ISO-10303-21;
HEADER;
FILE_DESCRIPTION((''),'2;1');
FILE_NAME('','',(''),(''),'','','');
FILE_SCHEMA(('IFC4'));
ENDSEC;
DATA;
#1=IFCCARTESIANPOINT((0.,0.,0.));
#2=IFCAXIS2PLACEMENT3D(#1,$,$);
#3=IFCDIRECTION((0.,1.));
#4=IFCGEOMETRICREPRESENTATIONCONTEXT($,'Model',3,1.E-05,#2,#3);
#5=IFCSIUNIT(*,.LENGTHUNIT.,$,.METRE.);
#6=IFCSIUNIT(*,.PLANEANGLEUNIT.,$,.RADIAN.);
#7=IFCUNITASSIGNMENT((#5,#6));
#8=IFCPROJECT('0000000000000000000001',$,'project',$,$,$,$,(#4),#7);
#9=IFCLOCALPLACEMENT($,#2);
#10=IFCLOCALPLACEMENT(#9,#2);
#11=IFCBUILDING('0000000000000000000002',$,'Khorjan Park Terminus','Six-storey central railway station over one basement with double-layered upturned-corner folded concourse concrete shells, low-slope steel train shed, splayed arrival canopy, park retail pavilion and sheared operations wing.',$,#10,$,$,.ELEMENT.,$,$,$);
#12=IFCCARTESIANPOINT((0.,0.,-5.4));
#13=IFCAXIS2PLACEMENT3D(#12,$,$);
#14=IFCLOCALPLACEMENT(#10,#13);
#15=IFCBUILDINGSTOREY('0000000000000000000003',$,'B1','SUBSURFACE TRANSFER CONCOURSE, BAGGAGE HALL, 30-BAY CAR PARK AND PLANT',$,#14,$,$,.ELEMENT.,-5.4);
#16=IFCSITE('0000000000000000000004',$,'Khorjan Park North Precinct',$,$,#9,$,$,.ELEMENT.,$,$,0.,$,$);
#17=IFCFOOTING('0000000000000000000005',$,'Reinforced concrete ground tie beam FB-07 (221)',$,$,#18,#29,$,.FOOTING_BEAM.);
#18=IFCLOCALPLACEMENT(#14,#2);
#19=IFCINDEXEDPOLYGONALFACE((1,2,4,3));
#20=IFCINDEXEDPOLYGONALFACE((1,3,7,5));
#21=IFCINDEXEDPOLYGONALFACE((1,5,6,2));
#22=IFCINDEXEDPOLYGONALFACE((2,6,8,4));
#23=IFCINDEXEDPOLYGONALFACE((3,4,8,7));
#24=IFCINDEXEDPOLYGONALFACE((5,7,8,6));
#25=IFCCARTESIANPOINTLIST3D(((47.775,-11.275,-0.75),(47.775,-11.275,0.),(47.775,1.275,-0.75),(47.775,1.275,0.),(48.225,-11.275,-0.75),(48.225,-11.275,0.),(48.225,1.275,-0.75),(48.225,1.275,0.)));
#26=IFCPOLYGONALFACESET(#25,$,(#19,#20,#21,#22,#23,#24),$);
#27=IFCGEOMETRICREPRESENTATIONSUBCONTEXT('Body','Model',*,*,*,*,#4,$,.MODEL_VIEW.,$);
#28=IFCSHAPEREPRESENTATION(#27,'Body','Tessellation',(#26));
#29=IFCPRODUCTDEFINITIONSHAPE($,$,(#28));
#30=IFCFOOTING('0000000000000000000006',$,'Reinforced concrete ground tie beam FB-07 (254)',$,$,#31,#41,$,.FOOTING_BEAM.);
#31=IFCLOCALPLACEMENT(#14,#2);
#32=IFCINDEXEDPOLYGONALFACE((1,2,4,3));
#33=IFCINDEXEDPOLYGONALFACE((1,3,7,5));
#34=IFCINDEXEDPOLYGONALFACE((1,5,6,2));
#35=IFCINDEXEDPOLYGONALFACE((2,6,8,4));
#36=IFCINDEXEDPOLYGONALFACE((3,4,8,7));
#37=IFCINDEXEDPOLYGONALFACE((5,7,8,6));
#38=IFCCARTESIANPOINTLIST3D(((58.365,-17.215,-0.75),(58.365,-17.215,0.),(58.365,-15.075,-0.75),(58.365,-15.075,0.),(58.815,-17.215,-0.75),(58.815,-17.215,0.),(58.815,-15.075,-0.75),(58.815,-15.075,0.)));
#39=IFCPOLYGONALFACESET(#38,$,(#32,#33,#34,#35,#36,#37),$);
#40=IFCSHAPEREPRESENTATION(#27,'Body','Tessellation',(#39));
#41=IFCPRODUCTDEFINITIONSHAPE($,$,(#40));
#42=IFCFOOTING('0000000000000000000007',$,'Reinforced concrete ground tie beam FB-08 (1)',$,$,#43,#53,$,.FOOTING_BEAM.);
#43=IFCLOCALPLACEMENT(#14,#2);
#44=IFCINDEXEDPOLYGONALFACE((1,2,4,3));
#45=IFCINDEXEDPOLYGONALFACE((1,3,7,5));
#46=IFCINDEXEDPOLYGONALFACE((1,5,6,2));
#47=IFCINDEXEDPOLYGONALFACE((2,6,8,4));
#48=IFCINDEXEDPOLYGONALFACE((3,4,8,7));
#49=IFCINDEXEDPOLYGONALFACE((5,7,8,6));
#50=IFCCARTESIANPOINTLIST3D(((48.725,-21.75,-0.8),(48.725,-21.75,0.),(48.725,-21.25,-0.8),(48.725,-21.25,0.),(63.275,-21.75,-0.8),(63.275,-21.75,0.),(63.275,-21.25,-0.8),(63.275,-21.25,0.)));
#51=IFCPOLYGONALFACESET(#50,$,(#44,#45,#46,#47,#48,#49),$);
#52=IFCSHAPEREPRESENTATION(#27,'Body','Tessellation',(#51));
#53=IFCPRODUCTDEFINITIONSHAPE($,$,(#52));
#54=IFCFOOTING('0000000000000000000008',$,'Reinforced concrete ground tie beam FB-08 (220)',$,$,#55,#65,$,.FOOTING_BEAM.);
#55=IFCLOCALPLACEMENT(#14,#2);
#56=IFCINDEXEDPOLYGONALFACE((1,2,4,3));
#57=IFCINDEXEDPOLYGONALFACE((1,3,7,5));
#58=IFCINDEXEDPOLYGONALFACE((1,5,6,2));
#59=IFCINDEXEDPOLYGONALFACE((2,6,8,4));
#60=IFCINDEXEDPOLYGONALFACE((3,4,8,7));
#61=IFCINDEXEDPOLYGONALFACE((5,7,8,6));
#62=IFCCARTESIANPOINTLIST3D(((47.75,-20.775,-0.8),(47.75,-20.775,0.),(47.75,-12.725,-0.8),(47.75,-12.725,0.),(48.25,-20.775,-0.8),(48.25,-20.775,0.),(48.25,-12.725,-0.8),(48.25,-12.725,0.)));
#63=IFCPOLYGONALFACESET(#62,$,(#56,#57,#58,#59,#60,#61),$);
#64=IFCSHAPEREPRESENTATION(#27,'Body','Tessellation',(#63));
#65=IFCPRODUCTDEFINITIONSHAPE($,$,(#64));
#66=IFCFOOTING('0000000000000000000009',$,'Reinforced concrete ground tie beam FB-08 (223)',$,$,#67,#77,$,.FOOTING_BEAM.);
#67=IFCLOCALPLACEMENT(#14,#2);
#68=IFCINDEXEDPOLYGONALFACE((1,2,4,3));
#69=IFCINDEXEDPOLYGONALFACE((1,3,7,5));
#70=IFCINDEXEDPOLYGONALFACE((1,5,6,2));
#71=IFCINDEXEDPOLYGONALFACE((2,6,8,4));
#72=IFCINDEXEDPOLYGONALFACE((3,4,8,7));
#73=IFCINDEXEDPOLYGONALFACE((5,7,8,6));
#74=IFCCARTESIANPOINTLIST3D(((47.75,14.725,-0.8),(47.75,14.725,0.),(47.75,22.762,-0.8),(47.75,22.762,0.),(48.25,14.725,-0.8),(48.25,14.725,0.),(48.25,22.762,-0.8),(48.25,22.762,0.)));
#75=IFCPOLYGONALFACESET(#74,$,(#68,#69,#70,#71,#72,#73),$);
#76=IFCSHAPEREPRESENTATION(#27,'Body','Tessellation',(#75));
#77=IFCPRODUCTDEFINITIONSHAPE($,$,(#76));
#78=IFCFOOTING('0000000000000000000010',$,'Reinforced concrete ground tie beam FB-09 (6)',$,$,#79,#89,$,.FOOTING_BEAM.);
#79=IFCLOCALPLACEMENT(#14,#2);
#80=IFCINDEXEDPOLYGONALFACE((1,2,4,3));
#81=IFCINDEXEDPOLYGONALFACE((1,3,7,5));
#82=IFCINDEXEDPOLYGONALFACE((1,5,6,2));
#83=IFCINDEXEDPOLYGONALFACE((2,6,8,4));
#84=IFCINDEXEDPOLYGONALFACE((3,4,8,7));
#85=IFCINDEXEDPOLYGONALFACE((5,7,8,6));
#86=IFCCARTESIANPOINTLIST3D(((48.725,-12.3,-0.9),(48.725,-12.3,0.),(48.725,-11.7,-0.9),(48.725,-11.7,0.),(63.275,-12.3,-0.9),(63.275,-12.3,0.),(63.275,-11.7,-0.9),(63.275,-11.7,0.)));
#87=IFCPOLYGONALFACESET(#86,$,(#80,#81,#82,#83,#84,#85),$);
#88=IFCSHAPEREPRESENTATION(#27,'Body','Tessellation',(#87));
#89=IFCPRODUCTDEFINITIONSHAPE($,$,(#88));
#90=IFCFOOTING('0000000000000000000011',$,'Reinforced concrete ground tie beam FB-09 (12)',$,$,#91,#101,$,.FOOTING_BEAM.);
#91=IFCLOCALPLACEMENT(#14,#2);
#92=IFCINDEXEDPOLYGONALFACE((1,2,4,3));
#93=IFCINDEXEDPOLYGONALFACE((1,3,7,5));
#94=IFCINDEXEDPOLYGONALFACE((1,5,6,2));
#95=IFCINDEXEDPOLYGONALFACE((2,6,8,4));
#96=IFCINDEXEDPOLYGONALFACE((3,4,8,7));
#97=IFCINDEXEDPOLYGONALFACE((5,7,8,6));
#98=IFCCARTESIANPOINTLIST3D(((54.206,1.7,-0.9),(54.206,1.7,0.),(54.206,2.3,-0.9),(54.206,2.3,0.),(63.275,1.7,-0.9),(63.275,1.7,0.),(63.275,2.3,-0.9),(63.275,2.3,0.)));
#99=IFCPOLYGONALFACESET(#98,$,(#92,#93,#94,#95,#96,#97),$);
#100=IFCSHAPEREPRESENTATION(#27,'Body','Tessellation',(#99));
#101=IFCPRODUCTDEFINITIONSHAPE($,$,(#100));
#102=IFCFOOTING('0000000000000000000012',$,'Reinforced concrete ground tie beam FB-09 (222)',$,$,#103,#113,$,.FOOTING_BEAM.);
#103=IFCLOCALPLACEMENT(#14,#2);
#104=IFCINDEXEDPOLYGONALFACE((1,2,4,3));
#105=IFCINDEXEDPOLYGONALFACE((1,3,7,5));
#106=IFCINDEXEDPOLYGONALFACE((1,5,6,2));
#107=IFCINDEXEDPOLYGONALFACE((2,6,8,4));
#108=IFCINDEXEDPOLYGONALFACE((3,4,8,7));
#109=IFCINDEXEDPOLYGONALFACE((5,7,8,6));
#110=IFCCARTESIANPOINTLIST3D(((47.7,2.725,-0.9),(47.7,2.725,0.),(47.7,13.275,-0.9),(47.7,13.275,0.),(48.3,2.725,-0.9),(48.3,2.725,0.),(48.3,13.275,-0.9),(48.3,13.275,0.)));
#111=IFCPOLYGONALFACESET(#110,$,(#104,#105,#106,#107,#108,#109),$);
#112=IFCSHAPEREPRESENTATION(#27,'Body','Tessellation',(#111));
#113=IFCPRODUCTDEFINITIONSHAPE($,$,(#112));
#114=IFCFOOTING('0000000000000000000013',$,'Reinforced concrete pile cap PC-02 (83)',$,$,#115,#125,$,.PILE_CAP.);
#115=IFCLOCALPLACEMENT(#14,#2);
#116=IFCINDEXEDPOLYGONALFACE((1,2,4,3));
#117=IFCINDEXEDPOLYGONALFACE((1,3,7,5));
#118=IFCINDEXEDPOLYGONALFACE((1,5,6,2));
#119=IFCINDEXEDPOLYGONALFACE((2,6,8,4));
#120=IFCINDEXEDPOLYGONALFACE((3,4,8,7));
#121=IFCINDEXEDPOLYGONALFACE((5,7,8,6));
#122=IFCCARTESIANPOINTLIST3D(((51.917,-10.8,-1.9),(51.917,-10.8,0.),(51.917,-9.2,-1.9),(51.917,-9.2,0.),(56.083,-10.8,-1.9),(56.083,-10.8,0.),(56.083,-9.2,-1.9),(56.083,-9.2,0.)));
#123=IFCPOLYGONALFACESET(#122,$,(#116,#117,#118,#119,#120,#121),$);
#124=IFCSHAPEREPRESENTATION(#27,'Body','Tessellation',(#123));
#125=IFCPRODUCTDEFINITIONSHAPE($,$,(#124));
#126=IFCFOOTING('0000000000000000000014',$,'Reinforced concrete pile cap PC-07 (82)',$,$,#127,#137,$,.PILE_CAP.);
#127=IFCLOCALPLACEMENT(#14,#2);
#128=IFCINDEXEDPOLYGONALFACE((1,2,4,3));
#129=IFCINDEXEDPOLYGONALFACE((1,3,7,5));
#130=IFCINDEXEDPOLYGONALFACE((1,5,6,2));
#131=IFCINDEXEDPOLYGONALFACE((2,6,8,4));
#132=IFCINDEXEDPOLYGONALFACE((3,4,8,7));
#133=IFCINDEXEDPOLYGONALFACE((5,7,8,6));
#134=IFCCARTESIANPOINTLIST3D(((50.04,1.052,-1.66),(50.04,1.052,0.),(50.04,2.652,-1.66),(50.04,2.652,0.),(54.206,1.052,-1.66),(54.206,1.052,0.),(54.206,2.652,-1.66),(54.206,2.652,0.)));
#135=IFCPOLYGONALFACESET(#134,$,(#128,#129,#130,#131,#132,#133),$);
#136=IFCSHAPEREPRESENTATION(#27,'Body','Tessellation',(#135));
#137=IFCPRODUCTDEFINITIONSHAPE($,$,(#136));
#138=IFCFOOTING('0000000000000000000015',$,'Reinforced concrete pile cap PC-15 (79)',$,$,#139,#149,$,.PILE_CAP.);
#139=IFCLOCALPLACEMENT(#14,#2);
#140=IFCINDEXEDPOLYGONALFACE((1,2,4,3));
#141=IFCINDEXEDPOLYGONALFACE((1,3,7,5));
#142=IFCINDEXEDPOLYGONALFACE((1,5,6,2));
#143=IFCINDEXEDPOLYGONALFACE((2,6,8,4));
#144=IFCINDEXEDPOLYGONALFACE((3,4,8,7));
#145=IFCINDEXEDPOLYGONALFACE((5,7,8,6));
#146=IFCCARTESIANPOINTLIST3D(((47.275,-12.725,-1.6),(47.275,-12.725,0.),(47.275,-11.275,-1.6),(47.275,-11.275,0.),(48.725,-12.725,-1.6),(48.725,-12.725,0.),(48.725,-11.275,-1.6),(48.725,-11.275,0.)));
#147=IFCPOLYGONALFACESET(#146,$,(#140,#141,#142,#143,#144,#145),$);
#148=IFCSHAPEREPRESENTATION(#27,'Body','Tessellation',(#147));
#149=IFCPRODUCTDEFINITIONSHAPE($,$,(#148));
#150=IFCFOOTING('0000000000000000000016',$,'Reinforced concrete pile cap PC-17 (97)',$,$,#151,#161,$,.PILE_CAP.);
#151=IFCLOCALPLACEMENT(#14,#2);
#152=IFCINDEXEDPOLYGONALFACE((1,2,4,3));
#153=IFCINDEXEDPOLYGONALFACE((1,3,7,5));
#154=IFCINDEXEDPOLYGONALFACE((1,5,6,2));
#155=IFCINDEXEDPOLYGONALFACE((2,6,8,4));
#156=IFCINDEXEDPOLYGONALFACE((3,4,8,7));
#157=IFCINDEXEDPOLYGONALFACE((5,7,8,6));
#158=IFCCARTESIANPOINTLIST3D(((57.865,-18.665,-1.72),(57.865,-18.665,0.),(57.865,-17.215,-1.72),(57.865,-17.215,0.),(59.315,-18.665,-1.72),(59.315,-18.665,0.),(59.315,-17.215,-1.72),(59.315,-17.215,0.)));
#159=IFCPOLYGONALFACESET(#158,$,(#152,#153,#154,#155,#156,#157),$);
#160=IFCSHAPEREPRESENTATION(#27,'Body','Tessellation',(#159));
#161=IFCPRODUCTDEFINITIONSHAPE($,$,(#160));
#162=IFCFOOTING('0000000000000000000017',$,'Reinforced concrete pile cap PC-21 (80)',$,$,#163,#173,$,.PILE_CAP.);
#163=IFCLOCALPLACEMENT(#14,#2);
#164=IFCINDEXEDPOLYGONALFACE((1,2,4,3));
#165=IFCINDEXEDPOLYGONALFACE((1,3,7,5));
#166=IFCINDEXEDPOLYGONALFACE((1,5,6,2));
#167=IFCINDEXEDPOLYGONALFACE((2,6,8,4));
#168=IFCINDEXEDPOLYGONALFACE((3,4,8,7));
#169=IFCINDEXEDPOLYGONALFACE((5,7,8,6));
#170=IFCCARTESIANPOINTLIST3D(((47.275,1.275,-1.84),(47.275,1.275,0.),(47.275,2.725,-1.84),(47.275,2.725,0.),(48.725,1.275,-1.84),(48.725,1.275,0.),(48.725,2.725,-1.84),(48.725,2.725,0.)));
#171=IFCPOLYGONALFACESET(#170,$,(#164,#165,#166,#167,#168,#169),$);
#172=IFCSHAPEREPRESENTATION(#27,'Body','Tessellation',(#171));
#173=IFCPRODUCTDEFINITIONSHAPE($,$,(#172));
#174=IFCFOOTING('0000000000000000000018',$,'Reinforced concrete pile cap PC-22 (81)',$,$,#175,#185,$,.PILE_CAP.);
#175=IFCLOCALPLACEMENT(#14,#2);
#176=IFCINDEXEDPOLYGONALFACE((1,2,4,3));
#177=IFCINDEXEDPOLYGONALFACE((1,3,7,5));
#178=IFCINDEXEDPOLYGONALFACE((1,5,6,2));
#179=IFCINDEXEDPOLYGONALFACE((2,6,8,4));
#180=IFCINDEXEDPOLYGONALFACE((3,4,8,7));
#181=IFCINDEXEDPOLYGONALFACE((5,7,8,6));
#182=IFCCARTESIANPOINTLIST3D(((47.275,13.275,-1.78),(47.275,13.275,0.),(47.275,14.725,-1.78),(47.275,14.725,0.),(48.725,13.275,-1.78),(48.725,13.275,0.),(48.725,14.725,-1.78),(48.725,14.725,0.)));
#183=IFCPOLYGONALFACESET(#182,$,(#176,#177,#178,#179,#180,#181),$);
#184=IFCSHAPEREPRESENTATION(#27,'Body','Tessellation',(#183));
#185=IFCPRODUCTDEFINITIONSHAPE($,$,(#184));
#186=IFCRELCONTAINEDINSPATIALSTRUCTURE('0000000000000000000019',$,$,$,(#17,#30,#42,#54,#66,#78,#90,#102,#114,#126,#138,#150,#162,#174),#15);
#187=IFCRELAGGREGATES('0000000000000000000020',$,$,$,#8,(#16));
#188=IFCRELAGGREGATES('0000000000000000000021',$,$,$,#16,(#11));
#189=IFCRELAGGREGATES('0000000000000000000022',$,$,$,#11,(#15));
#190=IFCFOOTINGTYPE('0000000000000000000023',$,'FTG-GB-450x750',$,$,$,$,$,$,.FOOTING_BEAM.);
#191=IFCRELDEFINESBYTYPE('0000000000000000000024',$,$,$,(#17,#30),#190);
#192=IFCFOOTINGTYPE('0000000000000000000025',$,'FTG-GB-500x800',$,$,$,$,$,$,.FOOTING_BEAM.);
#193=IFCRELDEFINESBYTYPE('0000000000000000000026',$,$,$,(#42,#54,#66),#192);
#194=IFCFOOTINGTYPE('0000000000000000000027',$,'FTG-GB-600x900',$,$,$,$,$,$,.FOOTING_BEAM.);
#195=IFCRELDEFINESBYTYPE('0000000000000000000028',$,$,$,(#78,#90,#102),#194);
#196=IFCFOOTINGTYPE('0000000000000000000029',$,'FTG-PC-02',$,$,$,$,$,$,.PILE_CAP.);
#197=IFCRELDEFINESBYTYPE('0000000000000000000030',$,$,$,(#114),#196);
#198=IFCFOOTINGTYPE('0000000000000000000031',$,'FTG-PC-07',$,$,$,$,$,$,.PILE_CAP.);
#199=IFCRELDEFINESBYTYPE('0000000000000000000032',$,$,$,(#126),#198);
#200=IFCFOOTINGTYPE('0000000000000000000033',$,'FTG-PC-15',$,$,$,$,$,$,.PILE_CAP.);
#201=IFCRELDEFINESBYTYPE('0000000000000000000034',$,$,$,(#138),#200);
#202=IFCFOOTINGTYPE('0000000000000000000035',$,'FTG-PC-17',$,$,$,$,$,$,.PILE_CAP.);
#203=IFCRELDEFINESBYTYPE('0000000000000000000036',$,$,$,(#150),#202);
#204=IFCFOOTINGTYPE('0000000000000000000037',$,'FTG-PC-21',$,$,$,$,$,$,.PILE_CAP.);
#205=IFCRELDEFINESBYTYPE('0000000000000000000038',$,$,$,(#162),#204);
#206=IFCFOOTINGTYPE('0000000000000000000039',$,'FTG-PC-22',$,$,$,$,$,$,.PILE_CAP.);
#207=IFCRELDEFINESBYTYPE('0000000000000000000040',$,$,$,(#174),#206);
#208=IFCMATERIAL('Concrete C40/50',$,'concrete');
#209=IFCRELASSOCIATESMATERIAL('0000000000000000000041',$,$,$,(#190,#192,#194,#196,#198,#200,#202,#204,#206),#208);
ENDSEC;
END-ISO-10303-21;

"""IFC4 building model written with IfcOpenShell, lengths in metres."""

from ifc_helpers import new_model, si_unit, direction, frame, origin, origin_2d, place, context, subcontext, project, spatial, rectangle, extrude, material, material_profile, profile_set, type_object, element, save


model = new_model("IFC4")

# Units and contexts
model_context = context("Model", 3, precision=1e-05, world=origin(), true_north=direction((0.0, 1.0)))
body_context = subcontext(model_context, "Body", "Model", "MODEL_VIEW")
ifc_project = project(units=[si_unit("LENGTHUNIT", "METRE"), si_unit("PLANEANGLEUNIT", "RADIAN")], contexts=[model_context])

# Site, building, storey
site_placement = place(None, origin())
site = spatial("IfcSite", under=ifc_project, at=site_placement, Name="Khorjan Park North Precinct", CompositionType="ELEMENT", RefElevation=0.0)
building_placement = place(site_placement, origin())
building = spatial("IfcBuilding", under=site, at=building_placement, Name="Khorjan Park Terminus", Description="Six-storey central railway station over one basement with double-layered upturned-corner folded concourse concrete shells, low-slope steel train shed, splayed arrival canopy, park retail pavilion and sheared operations wing.", CompositionType="ELEMENT")
storey_placement = place(building_placement, frame((0.0, 0.0, -5.4)))
storey = spatial("IfcBuildingStorey", under=building, at=storey_placement, Name="B1", Description="SUBSURFACE TRANSFER CONCOURSE, BAGGAGE HALL, 30-BAY CAR PARK AND PLANT", CompositionType="ELEMENT", Elevation=-5.4)

# Footings
ifc_material_1 = material(Name="Concrete C40/50", Category="concrete")
ifc_material_profile_1 = material_profile(ifc_material_1, rectangle(XDim=0.45, YDim=0.75, at=origin_2d()), Name="RC 450x750")
ifc_profile_set_1 = profile_set([ifc_material_profile_1], Name="Concrete C40/50")
footing_type_1 = type_object("IfcFootingType", Name="FTG-GB-450x750", PredefinedType="FOOTING_BEAM", material=ifc_profile_set_1)
footing_1_placement = place(storey_placement, frame((48.0, -11.275, -0.375), z_axis=(0.0, 1.0, 0.0), x_axis=(-1.0, 0.0, 0.0)))
element("IfcFooting", 1, at=footing_1_placement, inside=storey, type_object=footing_type_1, Name="Reinforced concrete ground tie beam FB-07 (221)", PredefinedType="FOOTING_BEAM", context=body_context, shape_type="SweptSolid", body=[
    extrude(rectangle(XDim=0.45, YDim=0.75, at=origin_2d()), origin(), (0.0, 0.0, 1.0), 12.55),
])
footing_2_placement = place(storey_placement, frame((58.59, -17.215, -0.375), z_axis=(0.0, 1.0, 0.0), x_axis=(-1.0, 0.0, 0.0)))
element("IfcFooting", 2, at=footing_2_placement, inside=storey, type_object=footing_type_1, Name="Reinforced concrete ground tie beam FB-07 (254)", PredefinedType="FOOTING_BEAM", context=body_context, shape_type="SweptSolid", body=[
    extrude(rectangle(XDim=0.45, YDim=0.75, at=origin_2d()), origin(), (0.0, 0.0, 1.0), 2.14),
])
ifc_material_profile_2 = material_profile(ifc_material_1, rectangle(XDim=0.5, YDim=0.8, at=origin_2d()), Name="RC 500x800")
ifc_profile_set_2 = profile_set([ifc_material_profile_2], Name="Concrete C40/50")
footing_type_2 = type_object("IfcFootingType", Name="FTG-GB-500x800", PredefinedType="FOOTING_BEAM", material=ifc_profile_set_2)
footing_3_placement = place(storey_placement, frame((48.725, -21.5, -0.4), z_axis=(1.0, 0.0, 0.0), x_axis=(0.0, 1.0, 0.0)))
element("IfcFooting", 3, at=footing_3_placement, inside=storey, type_object=footing_type_2, Name="Reinforced concrete ground tie beam FB-08 (1)", PredefinedType="FOOTING_BEAM", context=body_context, shape_type="SweptSolid", body=[
    extrude(rectangle(XDim=0.5, YDim=0.8, at=origin_2d()), origin(), (0.0, 0.0, 1.0), 14.55),
])
footing_4_placement = place(storey_placement, frame((48.0, -20.775, -0.4), z_axis=(0.0, 1.0, 0.0), x_axis=(-1.0, 0.0, 0.0)))
element("IfcFooting", 4, at=footing_4_placement, inside=storey, type_object=footing_type_2, Name="Reinforced concrete ground tie beam FB-08 (220)", PredefinedType="FOOTING_BEAM", context=body_context, shape_type="SweptSolid", body=[
    extrude(rectangle(XDim=0.5, YDim=0.8, at=origin_2d()), origin(), (0.0, 0.0, 1.0), 8.05),
])
footing_5_placement = place(storey_placement, frame((48.0, 14.725, -0.4), z_axis=(0.0, 1.0, 0.0), x_axis=(-1.0, 0.0, 0.0)))
element("IfcFooting", 5, at=footing_5_placement, inside=storey, type_object=footing_type_2, Name="Reinforced concrete ground tie beam FB-08 (223)", PredefinedType="FOOTING_BEAM", context=body_context, shape_type="SweptSolid", body=[
    extrude(rectangle(XDim=0.5, YDim=0.8, at=origin_2d()), origin(), (0.0, 0.0, 1.0), 8.037),
])
ifc_material_profile_3 = material_profile(ifc_material_1, rectangle(XDim=0.6, YDim=0.9, at=origin_2d()), Name="RC 600x900")
ifc_profile_set_3 = profile_set([ifc_material_profile_3], Name="Concrete C40/50")
footing_type_3 = type_object("IfcFootingType", Name="FTG-GB-600x900", PredefinedType="FOOTING_BEAM", material=ifc_profile_set_3)
footing_6_placement = place(storey_placement, frame((48.725, -12.0, -0.45), z_axis=(1.0, 0.0, 0.0), x_axis=(0.0, 1.0, 0.0)))
element("IfcFooting", 6, at=footing_6_placement, inside=storey, type_object=footing_type_3, Name="Reinforced concrete ground tie beam FB-09 (6)", PredefinedType="FOOTING_BEAM", context=body_context, shape_type="SweptSolid", body=[
    extrude(rectangle(XDim=0.6, YDim=0.9, at=origin_2d()), origin(), (0.0, 0.0, 1.0), 14.55),
])
footing_7_placement = place(storey_placement, frame((54.206, 2.0, -0.45), z_axis=(1.0, 0.0, 0.0), x_axis=(0.0, 1.0, 0.0)))
element("IfcFooting", 7, at=footing_7_placement, inside=storey, type_object=footing_type_3, Name="Reinforced concrete ground tie beam FB-09 (12)", PredefinedType="FOOTING_BEAM", context=body_context, shape_type="SweptSolid", body=[
    extrude(rectangle(XDim=0.6, YDim=0.9, at=origin_2d()), origin(), (0.0, 0.0, 1.0), 9.069),
])
footing_8_placement = place(storey_placement, frame((48.0, 2.725, -0.45), z_axis=(0.0, 1.0, 0.0), x_axis=(-1.0, 0.0, 0.0)))
element("IfcFooting", 8, at=footing_8_placement, inside=storey, type_object=footing_type_3, Name="Reinforced concrete ground tie beam FB-09 (222)", PredefinedType="FOOTING_BEAM", context=body_context, shape_type="SweptSolid", body=[
    extrude(rectangle(XDim=0.6, YDim=0.9, at=origin_2d()), origin(), (0.0, 0.0, 1.0), 10.55),
])
footing_type_4 = type_object("IfcFootingType", Name="FTG-PC-02", PredefinedType="PILE_CAP", material=ifc_material_1)
footing_9_placement = place(storey_placement, frame((54.0, -10.0, -1.9), z_axis=(0.0, 0.0, 1.0), x_axis=(1.0, 0.0, 0.0)))
element("IfcFooting", 9, at=footing_9_placement, inside=storey, type_object=footing_type_4, Name="Reinforced concrete pile cap PC-02 (83)", PredefinedType="PILE_CAP", context=body_context, shape_type="SweptSolid", body=[
    extrude(rectangle(XDim=4.166, YDim=1.6, at=origin_2d()), origin(), (0.0, 0.0, 1.0), 1.9),
])
footing_type_5 = type_object("IfcFootingType", Name="FTG-PC-07", PredefinedType="PILE_CAP", material=ifc_material_1)
footing_10_placement = place(storey_placement, frame((52.123, 1.852, -1.66), z_axis=(0.0, 0.0, 1.0), x_axis=(1.0, 0.0, 0.0)))
element("IfcFooting", 10, at=footing_10_placement, inside=storey, type_object=footing_type_5, Name="Reinforced concrete pile cap PC-07 (82)", PredefinedType="PILE_CAP", context=body_context, shape_type="SweptSolid", body=[
    extrude(rectangle(XDim=4.166, YDim=1.6, at=origin_2d()), origin(), (0.0, 0.0, 1.0), 1.66),
])
footing_type_6 = type_object("IfcFootingType", Name="FTG-PC-15", PredefinedType="PILE_CAP", material=ifc_material_1)
footing_11_placement = place(storey_placement, frame((48.0, -12.0, -1.6), z_axis=(0.0, 0.0, 1.0), x_axis=(1.0, 0.0, 0.0)))
element("IfcFooting", 11, at=footing_11_placement, inside=storey, type_object=footing_type_6, Name="Reinforced concrete pile cap PC-15 (79)", PredefinedType="PILE_CAP", context=body_context, shape_type="SweptSolid", body=[
    extrude(rectangle(XDim=1.45, YDim=1.45, at=origin_2d()), origin(), (0.0, 0.0, 1.0), 1.6),
])
footing_type_7 = type_object("IfcFootingType", Name="FTG-PC-17", PredefinedType="PILE_CAP", material=ifc_material_1)
footing_12_placement = place(storey_placement, frame((58.59, -17.94, -1.72), z_axis=(0.0, 0.0, 1.0), x_axis=(1.0, 0.0, 0.0)))
element("IfcFooting", 12, at=footing_12_placement, inside=storey, type_object=footing_type_7, Name="Reinforced concrete pile cap PC-17 (97)", PredefinedType="PILE_CAP", context=body_context, shape_type="SweptSolid", body=[
    extrude(rectangle(XDim=1.45, YDim=1.45, at=origin_2d()), origin(), (0.0, 0.0, 1.0), 1.72),
])
footing_type_8 = type_object("IfcFootingType", Name="FTG-PC-21", PredefinedType="PILE_CAP", material=ifc_material_1)
footing_13_placement = place(storey_placement, frame((48.0, 2.0, -1.84), z_axis=(0.0, 0.0, 1.0), x_axis=(1.0, 0.0, 0.0)))
element("IfcFooting", 13, at=footing_13_placement, inside=storey, type_object=footing_type_8, Name="Reinforced concrete pile cap PC-21 (80)", PredefinedType="PILE_CAP", context=body_context, shape_type="SweptSolid", body=[
    extrude(rectangle(XDim=1.45, YDim=1.45, at=origin_2d()), origin(), (0.0, 0.0, 1.0), 1.84),
])
footing_type_9 = type_object("IfcFootingType", Name="FTG-PC-22", PredefinedType="PILE_CAP", material=ifc_material_1)
for number, where, z_axis, x_axis, name in (
    (14, (48.0, 14.0, -1.78), (0.0, 0.0, 1.0), (1.0, 0.0, 0.0), "Reinforced concrete pile cap PC-22 (81)"),
):
    element("IfcFooting", number, at=place(storey_placement, frame(where, z_axis=z_axis, x_axis=x_axis)), inside=storey, type_object=footing_type_9, Name=name, PredefinedType="PILE_CAP", context=body_context, shape_type="SweptSolid", body=[
        extrude(rectangle(XDim=1.45, YDim=1.45, at=origin_2d()), origin(), (0.0, 0.0, 1.0), 1.78),
    ])

save(model, "model.ifc")
